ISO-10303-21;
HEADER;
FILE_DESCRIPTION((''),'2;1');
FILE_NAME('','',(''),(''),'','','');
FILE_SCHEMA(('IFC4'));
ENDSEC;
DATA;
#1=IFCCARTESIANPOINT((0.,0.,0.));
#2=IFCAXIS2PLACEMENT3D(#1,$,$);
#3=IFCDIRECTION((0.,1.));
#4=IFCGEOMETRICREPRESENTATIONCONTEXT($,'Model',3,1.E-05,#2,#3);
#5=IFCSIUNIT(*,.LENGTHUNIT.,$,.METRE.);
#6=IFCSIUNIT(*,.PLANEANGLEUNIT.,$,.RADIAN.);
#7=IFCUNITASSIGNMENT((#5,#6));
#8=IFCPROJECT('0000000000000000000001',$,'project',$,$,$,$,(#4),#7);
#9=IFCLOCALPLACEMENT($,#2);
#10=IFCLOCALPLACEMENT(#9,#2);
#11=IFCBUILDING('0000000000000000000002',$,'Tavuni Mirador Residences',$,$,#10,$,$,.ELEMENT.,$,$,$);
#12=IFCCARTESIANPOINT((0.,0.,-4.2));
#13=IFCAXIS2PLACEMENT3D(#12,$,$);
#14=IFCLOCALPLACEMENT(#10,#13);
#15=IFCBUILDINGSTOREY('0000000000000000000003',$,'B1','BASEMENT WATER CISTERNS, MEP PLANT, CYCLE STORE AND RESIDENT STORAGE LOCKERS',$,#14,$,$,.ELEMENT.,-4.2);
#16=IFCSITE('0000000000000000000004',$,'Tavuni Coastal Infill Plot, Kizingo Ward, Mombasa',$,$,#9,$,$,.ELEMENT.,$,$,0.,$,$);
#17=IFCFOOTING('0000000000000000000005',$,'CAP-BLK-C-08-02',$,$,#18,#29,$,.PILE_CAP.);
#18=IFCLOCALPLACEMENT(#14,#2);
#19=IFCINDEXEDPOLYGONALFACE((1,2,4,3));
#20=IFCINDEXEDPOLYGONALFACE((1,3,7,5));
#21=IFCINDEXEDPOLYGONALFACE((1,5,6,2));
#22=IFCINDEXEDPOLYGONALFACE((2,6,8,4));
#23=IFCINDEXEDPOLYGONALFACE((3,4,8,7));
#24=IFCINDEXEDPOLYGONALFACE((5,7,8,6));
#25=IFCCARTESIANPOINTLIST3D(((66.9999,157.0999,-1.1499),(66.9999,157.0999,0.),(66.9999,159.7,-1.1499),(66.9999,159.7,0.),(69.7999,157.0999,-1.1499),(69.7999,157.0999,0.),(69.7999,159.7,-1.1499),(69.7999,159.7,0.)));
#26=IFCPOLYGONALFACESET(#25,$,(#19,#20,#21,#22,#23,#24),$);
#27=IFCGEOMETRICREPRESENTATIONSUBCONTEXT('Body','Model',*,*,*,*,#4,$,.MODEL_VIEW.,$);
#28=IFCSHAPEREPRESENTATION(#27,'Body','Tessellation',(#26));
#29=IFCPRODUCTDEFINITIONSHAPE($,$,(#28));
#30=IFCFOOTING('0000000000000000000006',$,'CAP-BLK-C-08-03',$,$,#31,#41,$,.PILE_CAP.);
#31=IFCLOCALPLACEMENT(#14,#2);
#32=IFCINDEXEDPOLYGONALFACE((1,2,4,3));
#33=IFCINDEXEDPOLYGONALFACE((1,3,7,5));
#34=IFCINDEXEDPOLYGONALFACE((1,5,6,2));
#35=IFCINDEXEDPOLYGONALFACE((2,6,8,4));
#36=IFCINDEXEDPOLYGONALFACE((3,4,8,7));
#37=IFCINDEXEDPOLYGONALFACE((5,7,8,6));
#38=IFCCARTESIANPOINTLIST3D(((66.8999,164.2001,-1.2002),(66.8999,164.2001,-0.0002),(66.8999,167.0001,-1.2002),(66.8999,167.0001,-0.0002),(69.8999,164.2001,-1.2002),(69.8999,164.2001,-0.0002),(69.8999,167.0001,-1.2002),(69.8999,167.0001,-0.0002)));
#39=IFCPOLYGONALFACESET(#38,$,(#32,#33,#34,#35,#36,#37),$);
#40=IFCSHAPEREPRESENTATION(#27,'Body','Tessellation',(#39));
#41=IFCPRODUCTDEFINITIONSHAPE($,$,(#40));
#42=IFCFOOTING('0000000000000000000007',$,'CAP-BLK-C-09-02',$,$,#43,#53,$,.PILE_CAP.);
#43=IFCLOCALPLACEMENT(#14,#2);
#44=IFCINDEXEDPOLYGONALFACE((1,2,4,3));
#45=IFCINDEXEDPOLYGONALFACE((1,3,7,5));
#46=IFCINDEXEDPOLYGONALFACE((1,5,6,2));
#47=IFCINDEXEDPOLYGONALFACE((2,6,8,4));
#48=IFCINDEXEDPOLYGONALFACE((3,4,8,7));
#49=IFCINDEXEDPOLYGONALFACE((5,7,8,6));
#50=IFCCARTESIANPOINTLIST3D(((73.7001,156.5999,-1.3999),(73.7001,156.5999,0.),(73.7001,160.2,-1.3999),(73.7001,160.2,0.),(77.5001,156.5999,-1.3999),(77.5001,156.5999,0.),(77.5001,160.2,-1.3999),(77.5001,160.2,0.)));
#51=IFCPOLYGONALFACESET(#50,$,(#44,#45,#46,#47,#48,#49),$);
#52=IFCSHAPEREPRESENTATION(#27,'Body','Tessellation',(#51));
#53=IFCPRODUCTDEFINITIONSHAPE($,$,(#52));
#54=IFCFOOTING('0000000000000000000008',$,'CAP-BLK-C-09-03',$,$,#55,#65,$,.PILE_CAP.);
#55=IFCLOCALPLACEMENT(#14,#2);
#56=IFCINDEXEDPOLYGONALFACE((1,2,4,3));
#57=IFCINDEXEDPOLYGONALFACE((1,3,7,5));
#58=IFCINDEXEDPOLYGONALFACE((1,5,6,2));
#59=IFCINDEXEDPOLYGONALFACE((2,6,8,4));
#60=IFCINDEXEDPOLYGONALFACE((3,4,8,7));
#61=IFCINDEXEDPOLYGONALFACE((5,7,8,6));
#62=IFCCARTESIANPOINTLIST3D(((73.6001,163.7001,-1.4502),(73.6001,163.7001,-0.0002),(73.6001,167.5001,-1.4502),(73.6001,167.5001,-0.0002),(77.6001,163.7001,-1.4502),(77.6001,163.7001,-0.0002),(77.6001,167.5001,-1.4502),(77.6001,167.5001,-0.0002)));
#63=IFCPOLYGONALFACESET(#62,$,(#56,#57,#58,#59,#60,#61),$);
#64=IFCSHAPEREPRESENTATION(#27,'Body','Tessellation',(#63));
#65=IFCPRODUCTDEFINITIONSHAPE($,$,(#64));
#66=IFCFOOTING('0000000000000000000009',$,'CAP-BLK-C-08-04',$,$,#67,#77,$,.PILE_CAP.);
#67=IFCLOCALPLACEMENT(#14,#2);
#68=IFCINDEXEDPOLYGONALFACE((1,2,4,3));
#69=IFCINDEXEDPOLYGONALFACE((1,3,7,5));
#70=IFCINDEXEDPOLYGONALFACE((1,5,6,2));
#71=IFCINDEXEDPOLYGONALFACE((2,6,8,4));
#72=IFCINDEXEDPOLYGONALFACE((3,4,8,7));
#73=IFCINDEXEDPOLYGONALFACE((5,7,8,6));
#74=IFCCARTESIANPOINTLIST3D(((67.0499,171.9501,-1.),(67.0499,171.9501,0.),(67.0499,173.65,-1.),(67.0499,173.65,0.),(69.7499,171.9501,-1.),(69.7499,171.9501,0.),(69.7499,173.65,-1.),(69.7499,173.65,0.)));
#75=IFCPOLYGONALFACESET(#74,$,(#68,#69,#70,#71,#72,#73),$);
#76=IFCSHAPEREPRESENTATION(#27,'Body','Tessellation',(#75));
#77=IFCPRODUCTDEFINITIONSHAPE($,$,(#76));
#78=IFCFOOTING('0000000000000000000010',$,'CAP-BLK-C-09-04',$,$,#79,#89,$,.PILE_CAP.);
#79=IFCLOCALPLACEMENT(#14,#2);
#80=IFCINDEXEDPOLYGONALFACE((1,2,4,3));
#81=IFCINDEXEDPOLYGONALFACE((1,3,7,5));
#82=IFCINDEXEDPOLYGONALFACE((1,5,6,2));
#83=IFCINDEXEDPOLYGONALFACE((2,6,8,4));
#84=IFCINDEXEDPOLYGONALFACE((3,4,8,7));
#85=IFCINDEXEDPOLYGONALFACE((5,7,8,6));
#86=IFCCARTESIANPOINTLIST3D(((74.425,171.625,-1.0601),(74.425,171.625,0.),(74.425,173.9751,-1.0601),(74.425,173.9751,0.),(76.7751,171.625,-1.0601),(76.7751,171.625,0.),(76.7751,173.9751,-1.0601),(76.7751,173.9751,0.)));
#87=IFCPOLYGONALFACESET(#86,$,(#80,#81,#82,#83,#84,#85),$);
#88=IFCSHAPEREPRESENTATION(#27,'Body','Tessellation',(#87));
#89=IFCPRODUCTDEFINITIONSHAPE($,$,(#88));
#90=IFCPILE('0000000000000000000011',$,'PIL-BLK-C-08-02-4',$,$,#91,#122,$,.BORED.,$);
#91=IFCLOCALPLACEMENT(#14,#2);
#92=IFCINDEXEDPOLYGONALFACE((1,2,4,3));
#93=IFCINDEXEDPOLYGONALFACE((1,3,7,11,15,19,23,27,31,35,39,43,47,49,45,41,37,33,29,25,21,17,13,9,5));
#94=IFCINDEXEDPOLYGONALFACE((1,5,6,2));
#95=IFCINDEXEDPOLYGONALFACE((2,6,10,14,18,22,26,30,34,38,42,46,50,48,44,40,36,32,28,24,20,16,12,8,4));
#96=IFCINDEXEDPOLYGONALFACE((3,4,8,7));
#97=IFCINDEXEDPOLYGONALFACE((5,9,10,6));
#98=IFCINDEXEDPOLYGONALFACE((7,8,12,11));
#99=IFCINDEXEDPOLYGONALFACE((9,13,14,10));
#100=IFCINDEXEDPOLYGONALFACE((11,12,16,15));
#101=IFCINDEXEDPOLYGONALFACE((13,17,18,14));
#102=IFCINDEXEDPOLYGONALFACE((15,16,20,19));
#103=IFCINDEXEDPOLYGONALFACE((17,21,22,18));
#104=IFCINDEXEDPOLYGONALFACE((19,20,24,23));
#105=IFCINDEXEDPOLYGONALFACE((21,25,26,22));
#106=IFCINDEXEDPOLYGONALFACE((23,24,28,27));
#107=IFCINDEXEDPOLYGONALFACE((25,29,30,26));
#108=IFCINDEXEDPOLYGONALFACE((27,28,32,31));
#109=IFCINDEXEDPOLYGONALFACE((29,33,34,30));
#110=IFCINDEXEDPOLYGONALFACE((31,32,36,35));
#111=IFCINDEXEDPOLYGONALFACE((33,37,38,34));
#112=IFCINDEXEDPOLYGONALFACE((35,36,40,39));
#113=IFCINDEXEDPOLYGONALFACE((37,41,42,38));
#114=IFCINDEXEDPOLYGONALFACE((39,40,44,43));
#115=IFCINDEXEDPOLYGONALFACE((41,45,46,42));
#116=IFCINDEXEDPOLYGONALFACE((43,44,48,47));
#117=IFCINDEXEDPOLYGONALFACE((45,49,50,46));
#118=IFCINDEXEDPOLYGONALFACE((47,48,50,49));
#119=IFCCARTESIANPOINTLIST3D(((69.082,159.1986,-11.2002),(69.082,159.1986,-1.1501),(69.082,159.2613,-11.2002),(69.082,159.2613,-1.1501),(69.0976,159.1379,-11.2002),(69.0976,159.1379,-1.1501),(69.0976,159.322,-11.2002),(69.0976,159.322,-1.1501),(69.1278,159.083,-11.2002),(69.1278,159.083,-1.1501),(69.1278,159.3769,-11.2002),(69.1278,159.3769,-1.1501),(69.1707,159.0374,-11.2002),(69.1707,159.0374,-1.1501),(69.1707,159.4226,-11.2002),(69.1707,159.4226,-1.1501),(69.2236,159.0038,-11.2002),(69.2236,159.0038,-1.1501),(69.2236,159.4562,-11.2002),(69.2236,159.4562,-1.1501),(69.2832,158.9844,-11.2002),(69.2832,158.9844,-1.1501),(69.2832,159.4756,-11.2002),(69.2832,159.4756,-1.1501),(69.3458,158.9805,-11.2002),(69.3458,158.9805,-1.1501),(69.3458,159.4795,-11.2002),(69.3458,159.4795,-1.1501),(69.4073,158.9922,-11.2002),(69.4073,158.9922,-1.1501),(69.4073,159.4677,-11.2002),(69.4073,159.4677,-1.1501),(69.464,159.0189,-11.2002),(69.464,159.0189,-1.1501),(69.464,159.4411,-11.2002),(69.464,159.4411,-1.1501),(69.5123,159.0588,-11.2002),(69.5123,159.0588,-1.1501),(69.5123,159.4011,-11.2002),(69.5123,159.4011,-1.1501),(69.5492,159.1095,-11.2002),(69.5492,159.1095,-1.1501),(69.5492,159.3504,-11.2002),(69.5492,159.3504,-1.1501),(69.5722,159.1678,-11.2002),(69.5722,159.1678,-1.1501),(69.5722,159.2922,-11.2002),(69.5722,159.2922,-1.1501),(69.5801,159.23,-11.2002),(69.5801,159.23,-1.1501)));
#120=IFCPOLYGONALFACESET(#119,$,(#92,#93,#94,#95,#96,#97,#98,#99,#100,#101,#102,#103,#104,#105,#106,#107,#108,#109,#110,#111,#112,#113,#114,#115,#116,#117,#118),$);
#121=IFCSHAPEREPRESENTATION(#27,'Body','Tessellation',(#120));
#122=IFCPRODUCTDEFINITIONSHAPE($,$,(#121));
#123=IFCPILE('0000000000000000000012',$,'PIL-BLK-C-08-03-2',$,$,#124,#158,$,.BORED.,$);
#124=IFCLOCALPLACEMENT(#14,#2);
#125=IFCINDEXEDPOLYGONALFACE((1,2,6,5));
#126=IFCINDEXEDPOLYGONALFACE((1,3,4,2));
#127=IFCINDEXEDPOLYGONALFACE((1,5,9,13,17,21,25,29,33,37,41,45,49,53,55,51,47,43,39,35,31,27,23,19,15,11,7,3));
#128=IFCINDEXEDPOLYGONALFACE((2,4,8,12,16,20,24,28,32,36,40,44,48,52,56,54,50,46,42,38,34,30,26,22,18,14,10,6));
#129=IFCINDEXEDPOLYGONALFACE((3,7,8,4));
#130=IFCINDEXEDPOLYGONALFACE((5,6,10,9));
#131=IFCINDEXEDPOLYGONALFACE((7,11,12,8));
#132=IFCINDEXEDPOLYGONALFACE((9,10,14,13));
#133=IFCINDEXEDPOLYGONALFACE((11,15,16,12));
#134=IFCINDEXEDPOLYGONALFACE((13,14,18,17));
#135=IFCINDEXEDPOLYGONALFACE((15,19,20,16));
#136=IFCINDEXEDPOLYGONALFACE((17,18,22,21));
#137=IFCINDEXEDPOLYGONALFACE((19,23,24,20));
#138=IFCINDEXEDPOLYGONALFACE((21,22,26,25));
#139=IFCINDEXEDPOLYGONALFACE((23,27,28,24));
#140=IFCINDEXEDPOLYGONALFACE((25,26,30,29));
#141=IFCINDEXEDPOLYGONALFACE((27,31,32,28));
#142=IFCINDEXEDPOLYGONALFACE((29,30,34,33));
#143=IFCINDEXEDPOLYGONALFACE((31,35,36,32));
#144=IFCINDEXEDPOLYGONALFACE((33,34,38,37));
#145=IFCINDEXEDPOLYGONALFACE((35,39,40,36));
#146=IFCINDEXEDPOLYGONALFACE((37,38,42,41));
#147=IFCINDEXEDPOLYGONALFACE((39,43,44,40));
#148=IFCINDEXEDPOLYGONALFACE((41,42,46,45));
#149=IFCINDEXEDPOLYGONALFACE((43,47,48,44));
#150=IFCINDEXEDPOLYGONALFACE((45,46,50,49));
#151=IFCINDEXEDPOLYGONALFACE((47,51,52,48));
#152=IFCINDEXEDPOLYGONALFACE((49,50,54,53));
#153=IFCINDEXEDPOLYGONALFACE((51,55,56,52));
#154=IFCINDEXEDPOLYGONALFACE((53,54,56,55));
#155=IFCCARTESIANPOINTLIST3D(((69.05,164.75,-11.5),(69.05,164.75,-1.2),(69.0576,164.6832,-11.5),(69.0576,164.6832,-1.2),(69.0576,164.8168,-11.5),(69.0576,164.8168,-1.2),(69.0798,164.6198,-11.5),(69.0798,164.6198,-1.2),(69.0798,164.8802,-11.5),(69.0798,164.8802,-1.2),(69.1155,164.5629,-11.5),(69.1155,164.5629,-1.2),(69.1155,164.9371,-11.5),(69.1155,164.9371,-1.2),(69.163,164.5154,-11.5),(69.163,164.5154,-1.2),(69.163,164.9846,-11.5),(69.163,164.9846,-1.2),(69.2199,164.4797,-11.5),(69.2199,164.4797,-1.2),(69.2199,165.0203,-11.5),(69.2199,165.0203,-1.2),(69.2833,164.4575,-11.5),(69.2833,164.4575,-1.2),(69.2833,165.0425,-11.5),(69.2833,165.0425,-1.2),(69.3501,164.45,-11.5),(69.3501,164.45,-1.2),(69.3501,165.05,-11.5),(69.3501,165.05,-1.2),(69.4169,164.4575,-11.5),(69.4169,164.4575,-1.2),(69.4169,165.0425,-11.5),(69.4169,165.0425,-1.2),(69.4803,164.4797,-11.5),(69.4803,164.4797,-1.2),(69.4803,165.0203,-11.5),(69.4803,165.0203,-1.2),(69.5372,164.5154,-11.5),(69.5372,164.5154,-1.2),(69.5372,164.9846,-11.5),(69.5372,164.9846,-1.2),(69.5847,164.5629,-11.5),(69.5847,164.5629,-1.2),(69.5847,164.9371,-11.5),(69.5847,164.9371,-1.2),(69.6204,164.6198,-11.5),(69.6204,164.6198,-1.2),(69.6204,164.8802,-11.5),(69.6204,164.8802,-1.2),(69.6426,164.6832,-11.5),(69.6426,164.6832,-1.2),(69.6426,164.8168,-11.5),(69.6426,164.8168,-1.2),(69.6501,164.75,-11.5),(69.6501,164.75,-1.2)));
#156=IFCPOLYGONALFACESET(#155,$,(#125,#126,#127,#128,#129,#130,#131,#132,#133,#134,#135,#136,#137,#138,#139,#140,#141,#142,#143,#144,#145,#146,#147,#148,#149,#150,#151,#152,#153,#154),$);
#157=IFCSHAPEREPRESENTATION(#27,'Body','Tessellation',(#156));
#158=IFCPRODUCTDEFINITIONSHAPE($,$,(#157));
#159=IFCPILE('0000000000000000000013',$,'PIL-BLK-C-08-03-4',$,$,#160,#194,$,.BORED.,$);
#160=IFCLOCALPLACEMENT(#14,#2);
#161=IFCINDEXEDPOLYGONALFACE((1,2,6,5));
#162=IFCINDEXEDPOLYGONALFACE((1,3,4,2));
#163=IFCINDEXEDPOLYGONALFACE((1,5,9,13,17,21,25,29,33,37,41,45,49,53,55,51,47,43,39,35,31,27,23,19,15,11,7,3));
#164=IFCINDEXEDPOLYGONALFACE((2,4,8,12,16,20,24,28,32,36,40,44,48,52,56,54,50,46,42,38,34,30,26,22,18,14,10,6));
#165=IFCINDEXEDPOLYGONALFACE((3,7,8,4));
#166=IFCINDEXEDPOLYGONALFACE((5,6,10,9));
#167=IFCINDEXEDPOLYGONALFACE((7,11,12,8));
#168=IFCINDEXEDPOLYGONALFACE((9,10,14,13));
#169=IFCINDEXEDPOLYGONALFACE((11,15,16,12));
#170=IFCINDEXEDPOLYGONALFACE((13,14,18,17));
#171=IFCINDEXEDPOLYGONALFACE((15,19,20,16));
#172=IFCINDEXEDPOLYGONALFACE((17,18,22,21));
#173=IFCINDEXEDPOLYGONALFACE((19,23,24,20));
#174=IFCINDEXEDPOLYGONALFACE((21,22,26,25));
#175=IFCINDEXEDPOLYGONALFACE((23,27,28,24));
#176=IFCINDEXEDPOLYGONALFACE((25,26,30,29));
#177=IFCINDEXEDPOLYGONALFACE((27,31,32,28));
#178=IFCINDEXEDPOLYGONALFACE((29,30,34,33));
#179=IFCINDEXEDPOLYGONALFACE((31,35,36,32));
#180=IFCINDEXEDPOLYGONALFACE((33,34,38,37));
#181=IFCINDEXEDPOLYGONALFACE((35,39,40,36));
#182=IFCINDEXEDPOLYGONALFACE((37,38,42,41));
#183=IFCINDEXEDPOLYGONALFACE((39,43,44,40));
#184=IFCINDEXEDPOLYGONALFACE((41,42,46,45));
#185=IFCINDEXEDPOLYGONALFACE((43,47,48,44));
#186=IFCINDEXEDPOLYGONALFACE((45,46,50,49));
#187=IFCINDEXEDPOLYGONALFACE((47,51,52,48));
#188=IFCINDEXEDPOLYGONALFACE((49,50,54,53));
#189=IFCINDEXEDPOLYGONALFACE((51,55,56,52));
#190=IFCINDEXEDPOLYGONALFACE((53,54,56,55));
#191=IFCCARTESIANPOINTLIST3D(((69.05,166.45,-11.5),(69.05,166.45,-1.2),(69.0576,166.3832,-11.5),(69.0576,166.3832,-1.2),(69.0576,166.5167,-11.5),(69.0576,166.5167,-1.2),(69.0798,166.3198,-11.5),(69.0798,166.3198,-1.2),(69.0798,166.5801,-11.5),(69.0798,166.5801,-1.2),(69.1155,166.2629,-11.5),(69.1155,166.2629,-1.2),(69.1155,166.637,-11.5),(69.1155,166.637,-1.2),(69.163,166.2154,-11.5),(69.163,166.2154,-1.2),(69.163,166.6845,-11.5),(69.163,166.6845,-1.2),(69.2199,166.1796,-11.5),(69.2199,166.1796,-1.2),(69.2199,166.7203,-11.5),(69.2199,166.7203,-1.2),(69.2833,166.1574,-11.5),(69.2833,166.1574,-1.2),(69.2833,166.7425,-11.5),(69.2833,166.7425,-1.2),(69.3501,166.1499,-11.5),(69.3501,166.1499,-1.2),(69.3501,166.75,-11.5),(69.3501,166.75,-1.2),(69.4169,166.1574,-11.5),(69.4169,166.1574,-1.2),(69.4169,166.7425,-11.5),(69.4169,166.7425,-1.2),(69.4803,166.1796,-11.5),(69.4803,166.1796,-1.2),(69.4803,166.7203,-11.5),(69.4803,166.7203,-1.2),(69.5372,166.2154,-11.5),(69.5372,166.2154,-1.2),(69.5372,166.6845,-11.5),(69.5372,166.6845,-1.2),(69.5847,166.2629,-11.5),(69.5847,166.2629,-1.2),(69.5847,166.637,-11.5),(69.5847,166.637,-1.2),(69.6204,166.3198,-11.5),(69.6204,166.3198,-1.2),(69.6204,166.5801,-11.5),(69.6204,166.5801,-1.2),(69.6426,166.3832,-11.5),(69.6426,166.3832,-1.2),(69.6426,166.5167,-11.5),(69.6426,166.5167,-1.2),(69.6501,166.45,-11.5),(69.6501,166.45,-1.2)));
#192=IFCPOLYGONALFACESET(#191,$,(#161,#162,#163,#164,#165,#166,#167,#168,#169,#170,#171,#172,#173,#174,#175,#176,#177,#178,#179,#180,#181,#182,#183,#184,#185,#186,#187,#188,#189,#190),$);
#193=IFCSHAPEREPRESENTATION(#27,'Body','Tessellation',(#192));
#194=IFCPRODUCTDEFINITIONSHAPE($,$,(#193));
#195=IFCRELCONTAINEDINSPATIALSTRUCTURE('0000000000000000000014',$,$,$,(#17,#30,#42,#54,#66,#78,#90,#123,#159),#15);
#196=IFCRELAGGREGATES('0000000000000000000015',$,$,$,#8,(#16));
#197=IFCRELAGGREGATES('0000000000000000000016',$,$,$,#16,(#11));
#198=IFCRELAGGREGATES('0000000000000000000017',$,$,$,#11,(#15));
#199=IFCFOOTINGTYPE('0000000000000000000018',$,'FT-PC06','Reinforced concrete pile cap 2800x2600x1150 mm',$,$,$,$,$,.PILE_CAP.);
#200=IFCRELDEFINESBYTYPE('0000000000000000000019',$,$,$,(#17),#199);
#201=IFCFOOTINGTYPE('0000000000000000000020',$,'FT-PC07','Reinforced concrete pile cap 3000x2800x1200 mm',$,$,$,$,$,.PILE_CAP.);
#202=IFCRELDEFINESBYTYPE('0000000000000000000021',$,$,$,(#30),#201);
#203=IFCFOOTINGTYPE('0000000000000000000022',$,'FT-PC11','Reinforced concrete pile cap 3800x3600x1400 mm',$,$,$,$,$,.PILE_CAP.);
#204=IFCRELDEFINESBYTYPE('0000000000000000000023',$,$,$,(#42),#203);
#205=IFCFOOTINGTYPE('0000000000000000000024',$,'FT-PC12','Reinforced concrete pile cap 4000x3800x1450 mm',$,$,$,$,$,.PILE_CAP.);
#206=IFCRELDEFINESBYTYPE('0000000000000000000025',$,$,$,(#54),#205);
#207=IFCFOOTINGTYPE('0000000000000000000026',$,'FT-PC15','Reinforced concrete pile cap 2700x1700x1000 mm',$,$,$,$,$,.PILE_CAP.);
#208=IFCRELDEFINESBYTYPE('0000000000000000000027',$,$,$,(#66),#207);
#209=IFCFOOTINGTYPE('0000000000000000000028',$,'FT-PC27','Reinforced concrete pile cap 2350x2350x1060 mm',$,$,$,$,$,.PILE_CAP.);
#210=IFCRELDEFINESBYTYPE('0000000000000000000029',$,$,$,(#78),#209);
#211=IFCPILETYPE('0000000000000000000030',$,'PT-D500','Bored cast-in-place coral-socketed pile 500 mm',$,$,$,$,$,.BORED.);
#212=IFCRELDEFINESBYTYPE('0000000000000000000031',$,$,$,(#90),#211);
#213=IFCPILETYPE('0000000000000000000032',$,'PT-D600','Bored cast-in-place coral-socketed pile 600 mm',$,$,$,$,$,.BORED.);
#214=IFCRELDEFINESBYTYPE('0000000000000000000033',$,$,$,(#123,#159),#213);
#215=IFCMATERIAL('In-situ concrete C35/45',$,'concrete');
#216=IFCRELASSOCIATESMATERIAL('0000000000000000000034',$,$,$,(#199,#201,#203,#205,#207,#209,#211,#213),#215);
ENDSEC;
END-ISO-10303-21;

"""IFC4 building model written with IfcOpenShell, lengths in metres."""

from ifc_helpers import new_model, si_unit, direction, frame, origin, origin_2d, place, context, subcontext, project, spatial, rectangle, circle, extrude, material, material_profile, profile_set, type_object, element, save


model = new_model("IFC4")

# Units and contexts
model_context = context("Model", 3, precision=1e-05, world=origin(), true_north=direction((0.0, 1.0)))
body_context = subcontext(model_context, "Body", "Model", "MODEL_VIEW")
ifc_project = project(units=[si_unit("LENGTHUNIT", "METRE"), si_unit("PLANEANGLEUNIT", "RADIAN")], contexts=[model_context])

# Site, building, storey
site_placement = place(None, origin())
site = spatial("IfcSite", under=ifc_project, at=site_placement, Name="Tavuni Coastal Infill Plot, Kizingo Ward, Mombasa", CompositionType="ELEMENT", RefElevation=0.0)
building_placement = place(site_placement, origin())
building = spatial("IfcBuilding", under=site, at=building_placement, Name="Tavuni Mirador Residences", CompositionType="ELEMENT")
storey_placement = place(building_placement, frame((0.0, 0.0, -4.2)))
storey = spatial("IfcBuildingStorey", under=building, at=storey_placement, Name="B1", Description="BASEMENT WATER CISTERNS, MEP PLANT, CYCLE STORE AND RESIDENT STORAGE LOCKERS", CompositionType="ELEMENT", Elevation=-4.2)

# Footings
ifc_material_1 = material(Name="In-situ concrete C35/45", Category="concrete")
footing_type_1 = type_object("IfcFootingType", Name="FT-PC06", Description="Reinforced concrete pile cap 2800x2600x1150 mm", PredefinedType="PILE_CAP", material=ifc_material_1)
footing_1_placement = place(storey_placement, frame((68.3999, 158.3999, -1.1499), z_axis=(0.0, 0.0, 1.0), x_axis=(1.0, 0.0, 0.0)))
element("IfcFooting", 1, at=footing_1_placement, inside=storey, type_object=footing_type_1, Name="CAP-BLK-C-08-02", PredefinedType="PILE_CAP", context=body_context, shape_type="SweptSolid", body=[
    extrude(rectangle(XDim=2.8, YDim=2.6001, at=origin_2d()), origin(), (0.0, 0.0, 1.0), 1.1499),
])
footing_type_2 = type_object("IfcFootingType", Name="FT-PC07", Description="Reinforced concrete pile cap 3000x2800x1200 mm", PredefinedType="PILE_CAP", material=ifc_material_1)
footing_2_placement = place(storey_placement, frame((68.3999, 165.6001, -1.2002), z_axis=(0.0, 0.0, 1.0), x_axis=(1.0, 0.0, 0.0)))
element("IfcFooting", 2, at=footing_2_placement, inside=storey, type_object=footing_type_2, Name="CAP-BLK-C-08-03", PredefinedType="PILE_CAP", context=body_context, shape_type="SweptSolid", body=[
    extrude(rectangle(XDim=3.0, YDim=2.8, at=origin_2d()), origin(), (0.0, 0.0, 1.0), 1.2),
])
footing_type_3 = type_object("IfcFootingType", Name="FT-PC11", Description="Reinforced concrete pile cap 3800x3600x1400 mm", PredefinedType="PILE_CAP", material=ifc_material_1)
footing_3_placement = place(storey_placement, frame((75.6001, 158.3999, -1.3999), z_axis=(0.0, 0.0, 1.0), x_axis=(1.0, 0.0, 0.0)))
element("IfcFooting", 3, at=footing_3_placement, inside=storey, type_object=footing_type_3, Name="CAP-BLK-C-09-02", PredefinedType="PILE_CAP", context=body_context, shape_type="SweptSolid", body=[
    extrude(rectangle(XDim=3.8, YDim=3.6001, at=origin_2d()), origin(), (0.0, 0.0, 1.0), 1.3999),
])
footing_type_4 = type_object("IfcFootingType", Name="FT-PC12", Description="Reinforced concrete pile cap 4000x3800x1450 mm", PredefinedType="PILE_CAP", material=ifc_material_1)
footing_4_placement = place(storey_placement, frame((75.6001, 165.6001, -1.4502), z_axis=(0.0, 0.0, 1.0), x_axis=(1.0, 0.0, 0.0)))
element("IfcFooting", 4, at=footing_4_placement, inside=storey, type_object=footing_type_4, Name="CAP-BLK-C-09-03", PredefinedType="PILE_CAP", context=body_context, shape_type="SweptSolid", body=[
    extrude(rectangle(XDim=4.0, YDim=3.8, at=origin_2d()), origin(), (0.0, 0.0, 1.0), 1.45),
])
footing_type_5 = type_object("IfcFootingType", Name="FT-PC15", Description="Reinforced concrete pile cap 2700x1700x1000 mm", PredefinedType="PILE_CAP", material=ifc_material_1)
footing_5_placement = place(storey_placement, frame((68.3999, 172.8, -1.0), z_axis=(0.0, 0.0, 1.0), x_axis=(1.0, 0.0, 0.0)))
element("IfcFooting", 5, at=footing_5_placement, inside=storey, type_object=footing_type_5, Name="CAP-BLK-C-08-04", PredefinedType="PILE_CAP", context=body_context, shape_type="SweptSolid", body=[
    extrude(rectangle(XDim=2.7, YDim=1.7, at=origin_2d()), origin(), (0.0, 0.0, 1.0), 1.0),
])
footing_type_6 = type_object("IfcFootingType", Name="FT-PC27", Description="Reinforced concrete pile cap 2350x2350x1060 mm", PredefinedType="PILE_CAP", material=ifc_material_1)
footing_6_placement = place(storey_placement, frame((75.6001, 172.8, -1.0601), z_axis=(0.0, 0.0, 1.0), x_axis=(1.0, 0.0, 0.0)))
element("IfcFooting", 6, at=footing_6_placement, inside=storey, type_object=footing_type_6, Name="CAP-BLK-C-09-04", PredefinedType="PILE_CAP", context=body_context, shape_type="SweptSolid", body=[
    extrude(rectangle(XDim=2.3501, YDim=2.3501, at=origin_2d()), origin(), (0.0, 0.0, 1.0), 1.0601),
])

# Piles
ifc_material_profile_1 = material_profile(ifc_material_1, circle(Radius=0.25, at=origin_2d()), Name="PILE D500", Category="concrete")
ifc_profile_set_1 = profile_set([ifc_material_profile_1], Name="In-situ concrete C35/45")
pile_type_1 = type_object("IfcPileType", Name="PT-D500", Description="Bored cast-in-place coral-socketed pile 500 mm", PredefinedType="BORED", material=ifc_profile_set_1)
pile_1_placement = place(storey_placement, frame((69.3301, 159.23, -1.1501), z_axis=(0.0, 0.0, -1.0), x_axis=(1.0, 0.0, 0.0)))
element("IfcPile", 7, at=pile_1_placement, inside=storey, type_object=pile_type_1, Name="PIL-BLK-C-08-02-4", PredefinedType="BORED", context=body_context, shape_type="SweptSolid", body=[
    extrude(circle(Radius=0.25, at=origin_2d()), origin(), (0.0, 0.0, 1.0), 10.05),
])
ifc_material_profile_2 = material_profile(ifc_material_1, circle(Radius=0.3, at=origin_2d()), Name="PILE D600", Category="concrete")
ifc_profile_set_2 = profile_set([ifc_material_profile_2], Name="In-situ concrete C35/45")
pile_type_2 = type_object("IfcPileType", Name="PT-D600", Description="Bored cast-in-place coral-socketed pile 600 mm", PredefinedType="BORED", material=ifc_profile_set_2)
for number, where, z_axis, x_axis, name in (
    (8, (69.3501, 164.75, -1.2), (0.0, 0.0, -1.0), (1.0, 0.0, 0.0), "PIL-BLK-C-08-03-2"),
    (9, (69.3501, 166.45, -1.2), (0.0, 0.0, -1.0), (1.0, 0.0, 0.0), "PIL-BLK-C-08-03-4"),
):
    element("IfcPile", number, at=place(storey_placement, frame(where, z_axis=z_axis, x_axis=x_axis)), inside=storey, type_object=pile_type_2, Name=name, PredefinedType="BORED", context=body_context, shape_type="SweptSolid", body=[
        extrude(circle(Radius=0.3, at=origin_2d()), origin(), (0.0, 0.0, 1.0), 10.3),
    ])

save(model, "model.ifc")
